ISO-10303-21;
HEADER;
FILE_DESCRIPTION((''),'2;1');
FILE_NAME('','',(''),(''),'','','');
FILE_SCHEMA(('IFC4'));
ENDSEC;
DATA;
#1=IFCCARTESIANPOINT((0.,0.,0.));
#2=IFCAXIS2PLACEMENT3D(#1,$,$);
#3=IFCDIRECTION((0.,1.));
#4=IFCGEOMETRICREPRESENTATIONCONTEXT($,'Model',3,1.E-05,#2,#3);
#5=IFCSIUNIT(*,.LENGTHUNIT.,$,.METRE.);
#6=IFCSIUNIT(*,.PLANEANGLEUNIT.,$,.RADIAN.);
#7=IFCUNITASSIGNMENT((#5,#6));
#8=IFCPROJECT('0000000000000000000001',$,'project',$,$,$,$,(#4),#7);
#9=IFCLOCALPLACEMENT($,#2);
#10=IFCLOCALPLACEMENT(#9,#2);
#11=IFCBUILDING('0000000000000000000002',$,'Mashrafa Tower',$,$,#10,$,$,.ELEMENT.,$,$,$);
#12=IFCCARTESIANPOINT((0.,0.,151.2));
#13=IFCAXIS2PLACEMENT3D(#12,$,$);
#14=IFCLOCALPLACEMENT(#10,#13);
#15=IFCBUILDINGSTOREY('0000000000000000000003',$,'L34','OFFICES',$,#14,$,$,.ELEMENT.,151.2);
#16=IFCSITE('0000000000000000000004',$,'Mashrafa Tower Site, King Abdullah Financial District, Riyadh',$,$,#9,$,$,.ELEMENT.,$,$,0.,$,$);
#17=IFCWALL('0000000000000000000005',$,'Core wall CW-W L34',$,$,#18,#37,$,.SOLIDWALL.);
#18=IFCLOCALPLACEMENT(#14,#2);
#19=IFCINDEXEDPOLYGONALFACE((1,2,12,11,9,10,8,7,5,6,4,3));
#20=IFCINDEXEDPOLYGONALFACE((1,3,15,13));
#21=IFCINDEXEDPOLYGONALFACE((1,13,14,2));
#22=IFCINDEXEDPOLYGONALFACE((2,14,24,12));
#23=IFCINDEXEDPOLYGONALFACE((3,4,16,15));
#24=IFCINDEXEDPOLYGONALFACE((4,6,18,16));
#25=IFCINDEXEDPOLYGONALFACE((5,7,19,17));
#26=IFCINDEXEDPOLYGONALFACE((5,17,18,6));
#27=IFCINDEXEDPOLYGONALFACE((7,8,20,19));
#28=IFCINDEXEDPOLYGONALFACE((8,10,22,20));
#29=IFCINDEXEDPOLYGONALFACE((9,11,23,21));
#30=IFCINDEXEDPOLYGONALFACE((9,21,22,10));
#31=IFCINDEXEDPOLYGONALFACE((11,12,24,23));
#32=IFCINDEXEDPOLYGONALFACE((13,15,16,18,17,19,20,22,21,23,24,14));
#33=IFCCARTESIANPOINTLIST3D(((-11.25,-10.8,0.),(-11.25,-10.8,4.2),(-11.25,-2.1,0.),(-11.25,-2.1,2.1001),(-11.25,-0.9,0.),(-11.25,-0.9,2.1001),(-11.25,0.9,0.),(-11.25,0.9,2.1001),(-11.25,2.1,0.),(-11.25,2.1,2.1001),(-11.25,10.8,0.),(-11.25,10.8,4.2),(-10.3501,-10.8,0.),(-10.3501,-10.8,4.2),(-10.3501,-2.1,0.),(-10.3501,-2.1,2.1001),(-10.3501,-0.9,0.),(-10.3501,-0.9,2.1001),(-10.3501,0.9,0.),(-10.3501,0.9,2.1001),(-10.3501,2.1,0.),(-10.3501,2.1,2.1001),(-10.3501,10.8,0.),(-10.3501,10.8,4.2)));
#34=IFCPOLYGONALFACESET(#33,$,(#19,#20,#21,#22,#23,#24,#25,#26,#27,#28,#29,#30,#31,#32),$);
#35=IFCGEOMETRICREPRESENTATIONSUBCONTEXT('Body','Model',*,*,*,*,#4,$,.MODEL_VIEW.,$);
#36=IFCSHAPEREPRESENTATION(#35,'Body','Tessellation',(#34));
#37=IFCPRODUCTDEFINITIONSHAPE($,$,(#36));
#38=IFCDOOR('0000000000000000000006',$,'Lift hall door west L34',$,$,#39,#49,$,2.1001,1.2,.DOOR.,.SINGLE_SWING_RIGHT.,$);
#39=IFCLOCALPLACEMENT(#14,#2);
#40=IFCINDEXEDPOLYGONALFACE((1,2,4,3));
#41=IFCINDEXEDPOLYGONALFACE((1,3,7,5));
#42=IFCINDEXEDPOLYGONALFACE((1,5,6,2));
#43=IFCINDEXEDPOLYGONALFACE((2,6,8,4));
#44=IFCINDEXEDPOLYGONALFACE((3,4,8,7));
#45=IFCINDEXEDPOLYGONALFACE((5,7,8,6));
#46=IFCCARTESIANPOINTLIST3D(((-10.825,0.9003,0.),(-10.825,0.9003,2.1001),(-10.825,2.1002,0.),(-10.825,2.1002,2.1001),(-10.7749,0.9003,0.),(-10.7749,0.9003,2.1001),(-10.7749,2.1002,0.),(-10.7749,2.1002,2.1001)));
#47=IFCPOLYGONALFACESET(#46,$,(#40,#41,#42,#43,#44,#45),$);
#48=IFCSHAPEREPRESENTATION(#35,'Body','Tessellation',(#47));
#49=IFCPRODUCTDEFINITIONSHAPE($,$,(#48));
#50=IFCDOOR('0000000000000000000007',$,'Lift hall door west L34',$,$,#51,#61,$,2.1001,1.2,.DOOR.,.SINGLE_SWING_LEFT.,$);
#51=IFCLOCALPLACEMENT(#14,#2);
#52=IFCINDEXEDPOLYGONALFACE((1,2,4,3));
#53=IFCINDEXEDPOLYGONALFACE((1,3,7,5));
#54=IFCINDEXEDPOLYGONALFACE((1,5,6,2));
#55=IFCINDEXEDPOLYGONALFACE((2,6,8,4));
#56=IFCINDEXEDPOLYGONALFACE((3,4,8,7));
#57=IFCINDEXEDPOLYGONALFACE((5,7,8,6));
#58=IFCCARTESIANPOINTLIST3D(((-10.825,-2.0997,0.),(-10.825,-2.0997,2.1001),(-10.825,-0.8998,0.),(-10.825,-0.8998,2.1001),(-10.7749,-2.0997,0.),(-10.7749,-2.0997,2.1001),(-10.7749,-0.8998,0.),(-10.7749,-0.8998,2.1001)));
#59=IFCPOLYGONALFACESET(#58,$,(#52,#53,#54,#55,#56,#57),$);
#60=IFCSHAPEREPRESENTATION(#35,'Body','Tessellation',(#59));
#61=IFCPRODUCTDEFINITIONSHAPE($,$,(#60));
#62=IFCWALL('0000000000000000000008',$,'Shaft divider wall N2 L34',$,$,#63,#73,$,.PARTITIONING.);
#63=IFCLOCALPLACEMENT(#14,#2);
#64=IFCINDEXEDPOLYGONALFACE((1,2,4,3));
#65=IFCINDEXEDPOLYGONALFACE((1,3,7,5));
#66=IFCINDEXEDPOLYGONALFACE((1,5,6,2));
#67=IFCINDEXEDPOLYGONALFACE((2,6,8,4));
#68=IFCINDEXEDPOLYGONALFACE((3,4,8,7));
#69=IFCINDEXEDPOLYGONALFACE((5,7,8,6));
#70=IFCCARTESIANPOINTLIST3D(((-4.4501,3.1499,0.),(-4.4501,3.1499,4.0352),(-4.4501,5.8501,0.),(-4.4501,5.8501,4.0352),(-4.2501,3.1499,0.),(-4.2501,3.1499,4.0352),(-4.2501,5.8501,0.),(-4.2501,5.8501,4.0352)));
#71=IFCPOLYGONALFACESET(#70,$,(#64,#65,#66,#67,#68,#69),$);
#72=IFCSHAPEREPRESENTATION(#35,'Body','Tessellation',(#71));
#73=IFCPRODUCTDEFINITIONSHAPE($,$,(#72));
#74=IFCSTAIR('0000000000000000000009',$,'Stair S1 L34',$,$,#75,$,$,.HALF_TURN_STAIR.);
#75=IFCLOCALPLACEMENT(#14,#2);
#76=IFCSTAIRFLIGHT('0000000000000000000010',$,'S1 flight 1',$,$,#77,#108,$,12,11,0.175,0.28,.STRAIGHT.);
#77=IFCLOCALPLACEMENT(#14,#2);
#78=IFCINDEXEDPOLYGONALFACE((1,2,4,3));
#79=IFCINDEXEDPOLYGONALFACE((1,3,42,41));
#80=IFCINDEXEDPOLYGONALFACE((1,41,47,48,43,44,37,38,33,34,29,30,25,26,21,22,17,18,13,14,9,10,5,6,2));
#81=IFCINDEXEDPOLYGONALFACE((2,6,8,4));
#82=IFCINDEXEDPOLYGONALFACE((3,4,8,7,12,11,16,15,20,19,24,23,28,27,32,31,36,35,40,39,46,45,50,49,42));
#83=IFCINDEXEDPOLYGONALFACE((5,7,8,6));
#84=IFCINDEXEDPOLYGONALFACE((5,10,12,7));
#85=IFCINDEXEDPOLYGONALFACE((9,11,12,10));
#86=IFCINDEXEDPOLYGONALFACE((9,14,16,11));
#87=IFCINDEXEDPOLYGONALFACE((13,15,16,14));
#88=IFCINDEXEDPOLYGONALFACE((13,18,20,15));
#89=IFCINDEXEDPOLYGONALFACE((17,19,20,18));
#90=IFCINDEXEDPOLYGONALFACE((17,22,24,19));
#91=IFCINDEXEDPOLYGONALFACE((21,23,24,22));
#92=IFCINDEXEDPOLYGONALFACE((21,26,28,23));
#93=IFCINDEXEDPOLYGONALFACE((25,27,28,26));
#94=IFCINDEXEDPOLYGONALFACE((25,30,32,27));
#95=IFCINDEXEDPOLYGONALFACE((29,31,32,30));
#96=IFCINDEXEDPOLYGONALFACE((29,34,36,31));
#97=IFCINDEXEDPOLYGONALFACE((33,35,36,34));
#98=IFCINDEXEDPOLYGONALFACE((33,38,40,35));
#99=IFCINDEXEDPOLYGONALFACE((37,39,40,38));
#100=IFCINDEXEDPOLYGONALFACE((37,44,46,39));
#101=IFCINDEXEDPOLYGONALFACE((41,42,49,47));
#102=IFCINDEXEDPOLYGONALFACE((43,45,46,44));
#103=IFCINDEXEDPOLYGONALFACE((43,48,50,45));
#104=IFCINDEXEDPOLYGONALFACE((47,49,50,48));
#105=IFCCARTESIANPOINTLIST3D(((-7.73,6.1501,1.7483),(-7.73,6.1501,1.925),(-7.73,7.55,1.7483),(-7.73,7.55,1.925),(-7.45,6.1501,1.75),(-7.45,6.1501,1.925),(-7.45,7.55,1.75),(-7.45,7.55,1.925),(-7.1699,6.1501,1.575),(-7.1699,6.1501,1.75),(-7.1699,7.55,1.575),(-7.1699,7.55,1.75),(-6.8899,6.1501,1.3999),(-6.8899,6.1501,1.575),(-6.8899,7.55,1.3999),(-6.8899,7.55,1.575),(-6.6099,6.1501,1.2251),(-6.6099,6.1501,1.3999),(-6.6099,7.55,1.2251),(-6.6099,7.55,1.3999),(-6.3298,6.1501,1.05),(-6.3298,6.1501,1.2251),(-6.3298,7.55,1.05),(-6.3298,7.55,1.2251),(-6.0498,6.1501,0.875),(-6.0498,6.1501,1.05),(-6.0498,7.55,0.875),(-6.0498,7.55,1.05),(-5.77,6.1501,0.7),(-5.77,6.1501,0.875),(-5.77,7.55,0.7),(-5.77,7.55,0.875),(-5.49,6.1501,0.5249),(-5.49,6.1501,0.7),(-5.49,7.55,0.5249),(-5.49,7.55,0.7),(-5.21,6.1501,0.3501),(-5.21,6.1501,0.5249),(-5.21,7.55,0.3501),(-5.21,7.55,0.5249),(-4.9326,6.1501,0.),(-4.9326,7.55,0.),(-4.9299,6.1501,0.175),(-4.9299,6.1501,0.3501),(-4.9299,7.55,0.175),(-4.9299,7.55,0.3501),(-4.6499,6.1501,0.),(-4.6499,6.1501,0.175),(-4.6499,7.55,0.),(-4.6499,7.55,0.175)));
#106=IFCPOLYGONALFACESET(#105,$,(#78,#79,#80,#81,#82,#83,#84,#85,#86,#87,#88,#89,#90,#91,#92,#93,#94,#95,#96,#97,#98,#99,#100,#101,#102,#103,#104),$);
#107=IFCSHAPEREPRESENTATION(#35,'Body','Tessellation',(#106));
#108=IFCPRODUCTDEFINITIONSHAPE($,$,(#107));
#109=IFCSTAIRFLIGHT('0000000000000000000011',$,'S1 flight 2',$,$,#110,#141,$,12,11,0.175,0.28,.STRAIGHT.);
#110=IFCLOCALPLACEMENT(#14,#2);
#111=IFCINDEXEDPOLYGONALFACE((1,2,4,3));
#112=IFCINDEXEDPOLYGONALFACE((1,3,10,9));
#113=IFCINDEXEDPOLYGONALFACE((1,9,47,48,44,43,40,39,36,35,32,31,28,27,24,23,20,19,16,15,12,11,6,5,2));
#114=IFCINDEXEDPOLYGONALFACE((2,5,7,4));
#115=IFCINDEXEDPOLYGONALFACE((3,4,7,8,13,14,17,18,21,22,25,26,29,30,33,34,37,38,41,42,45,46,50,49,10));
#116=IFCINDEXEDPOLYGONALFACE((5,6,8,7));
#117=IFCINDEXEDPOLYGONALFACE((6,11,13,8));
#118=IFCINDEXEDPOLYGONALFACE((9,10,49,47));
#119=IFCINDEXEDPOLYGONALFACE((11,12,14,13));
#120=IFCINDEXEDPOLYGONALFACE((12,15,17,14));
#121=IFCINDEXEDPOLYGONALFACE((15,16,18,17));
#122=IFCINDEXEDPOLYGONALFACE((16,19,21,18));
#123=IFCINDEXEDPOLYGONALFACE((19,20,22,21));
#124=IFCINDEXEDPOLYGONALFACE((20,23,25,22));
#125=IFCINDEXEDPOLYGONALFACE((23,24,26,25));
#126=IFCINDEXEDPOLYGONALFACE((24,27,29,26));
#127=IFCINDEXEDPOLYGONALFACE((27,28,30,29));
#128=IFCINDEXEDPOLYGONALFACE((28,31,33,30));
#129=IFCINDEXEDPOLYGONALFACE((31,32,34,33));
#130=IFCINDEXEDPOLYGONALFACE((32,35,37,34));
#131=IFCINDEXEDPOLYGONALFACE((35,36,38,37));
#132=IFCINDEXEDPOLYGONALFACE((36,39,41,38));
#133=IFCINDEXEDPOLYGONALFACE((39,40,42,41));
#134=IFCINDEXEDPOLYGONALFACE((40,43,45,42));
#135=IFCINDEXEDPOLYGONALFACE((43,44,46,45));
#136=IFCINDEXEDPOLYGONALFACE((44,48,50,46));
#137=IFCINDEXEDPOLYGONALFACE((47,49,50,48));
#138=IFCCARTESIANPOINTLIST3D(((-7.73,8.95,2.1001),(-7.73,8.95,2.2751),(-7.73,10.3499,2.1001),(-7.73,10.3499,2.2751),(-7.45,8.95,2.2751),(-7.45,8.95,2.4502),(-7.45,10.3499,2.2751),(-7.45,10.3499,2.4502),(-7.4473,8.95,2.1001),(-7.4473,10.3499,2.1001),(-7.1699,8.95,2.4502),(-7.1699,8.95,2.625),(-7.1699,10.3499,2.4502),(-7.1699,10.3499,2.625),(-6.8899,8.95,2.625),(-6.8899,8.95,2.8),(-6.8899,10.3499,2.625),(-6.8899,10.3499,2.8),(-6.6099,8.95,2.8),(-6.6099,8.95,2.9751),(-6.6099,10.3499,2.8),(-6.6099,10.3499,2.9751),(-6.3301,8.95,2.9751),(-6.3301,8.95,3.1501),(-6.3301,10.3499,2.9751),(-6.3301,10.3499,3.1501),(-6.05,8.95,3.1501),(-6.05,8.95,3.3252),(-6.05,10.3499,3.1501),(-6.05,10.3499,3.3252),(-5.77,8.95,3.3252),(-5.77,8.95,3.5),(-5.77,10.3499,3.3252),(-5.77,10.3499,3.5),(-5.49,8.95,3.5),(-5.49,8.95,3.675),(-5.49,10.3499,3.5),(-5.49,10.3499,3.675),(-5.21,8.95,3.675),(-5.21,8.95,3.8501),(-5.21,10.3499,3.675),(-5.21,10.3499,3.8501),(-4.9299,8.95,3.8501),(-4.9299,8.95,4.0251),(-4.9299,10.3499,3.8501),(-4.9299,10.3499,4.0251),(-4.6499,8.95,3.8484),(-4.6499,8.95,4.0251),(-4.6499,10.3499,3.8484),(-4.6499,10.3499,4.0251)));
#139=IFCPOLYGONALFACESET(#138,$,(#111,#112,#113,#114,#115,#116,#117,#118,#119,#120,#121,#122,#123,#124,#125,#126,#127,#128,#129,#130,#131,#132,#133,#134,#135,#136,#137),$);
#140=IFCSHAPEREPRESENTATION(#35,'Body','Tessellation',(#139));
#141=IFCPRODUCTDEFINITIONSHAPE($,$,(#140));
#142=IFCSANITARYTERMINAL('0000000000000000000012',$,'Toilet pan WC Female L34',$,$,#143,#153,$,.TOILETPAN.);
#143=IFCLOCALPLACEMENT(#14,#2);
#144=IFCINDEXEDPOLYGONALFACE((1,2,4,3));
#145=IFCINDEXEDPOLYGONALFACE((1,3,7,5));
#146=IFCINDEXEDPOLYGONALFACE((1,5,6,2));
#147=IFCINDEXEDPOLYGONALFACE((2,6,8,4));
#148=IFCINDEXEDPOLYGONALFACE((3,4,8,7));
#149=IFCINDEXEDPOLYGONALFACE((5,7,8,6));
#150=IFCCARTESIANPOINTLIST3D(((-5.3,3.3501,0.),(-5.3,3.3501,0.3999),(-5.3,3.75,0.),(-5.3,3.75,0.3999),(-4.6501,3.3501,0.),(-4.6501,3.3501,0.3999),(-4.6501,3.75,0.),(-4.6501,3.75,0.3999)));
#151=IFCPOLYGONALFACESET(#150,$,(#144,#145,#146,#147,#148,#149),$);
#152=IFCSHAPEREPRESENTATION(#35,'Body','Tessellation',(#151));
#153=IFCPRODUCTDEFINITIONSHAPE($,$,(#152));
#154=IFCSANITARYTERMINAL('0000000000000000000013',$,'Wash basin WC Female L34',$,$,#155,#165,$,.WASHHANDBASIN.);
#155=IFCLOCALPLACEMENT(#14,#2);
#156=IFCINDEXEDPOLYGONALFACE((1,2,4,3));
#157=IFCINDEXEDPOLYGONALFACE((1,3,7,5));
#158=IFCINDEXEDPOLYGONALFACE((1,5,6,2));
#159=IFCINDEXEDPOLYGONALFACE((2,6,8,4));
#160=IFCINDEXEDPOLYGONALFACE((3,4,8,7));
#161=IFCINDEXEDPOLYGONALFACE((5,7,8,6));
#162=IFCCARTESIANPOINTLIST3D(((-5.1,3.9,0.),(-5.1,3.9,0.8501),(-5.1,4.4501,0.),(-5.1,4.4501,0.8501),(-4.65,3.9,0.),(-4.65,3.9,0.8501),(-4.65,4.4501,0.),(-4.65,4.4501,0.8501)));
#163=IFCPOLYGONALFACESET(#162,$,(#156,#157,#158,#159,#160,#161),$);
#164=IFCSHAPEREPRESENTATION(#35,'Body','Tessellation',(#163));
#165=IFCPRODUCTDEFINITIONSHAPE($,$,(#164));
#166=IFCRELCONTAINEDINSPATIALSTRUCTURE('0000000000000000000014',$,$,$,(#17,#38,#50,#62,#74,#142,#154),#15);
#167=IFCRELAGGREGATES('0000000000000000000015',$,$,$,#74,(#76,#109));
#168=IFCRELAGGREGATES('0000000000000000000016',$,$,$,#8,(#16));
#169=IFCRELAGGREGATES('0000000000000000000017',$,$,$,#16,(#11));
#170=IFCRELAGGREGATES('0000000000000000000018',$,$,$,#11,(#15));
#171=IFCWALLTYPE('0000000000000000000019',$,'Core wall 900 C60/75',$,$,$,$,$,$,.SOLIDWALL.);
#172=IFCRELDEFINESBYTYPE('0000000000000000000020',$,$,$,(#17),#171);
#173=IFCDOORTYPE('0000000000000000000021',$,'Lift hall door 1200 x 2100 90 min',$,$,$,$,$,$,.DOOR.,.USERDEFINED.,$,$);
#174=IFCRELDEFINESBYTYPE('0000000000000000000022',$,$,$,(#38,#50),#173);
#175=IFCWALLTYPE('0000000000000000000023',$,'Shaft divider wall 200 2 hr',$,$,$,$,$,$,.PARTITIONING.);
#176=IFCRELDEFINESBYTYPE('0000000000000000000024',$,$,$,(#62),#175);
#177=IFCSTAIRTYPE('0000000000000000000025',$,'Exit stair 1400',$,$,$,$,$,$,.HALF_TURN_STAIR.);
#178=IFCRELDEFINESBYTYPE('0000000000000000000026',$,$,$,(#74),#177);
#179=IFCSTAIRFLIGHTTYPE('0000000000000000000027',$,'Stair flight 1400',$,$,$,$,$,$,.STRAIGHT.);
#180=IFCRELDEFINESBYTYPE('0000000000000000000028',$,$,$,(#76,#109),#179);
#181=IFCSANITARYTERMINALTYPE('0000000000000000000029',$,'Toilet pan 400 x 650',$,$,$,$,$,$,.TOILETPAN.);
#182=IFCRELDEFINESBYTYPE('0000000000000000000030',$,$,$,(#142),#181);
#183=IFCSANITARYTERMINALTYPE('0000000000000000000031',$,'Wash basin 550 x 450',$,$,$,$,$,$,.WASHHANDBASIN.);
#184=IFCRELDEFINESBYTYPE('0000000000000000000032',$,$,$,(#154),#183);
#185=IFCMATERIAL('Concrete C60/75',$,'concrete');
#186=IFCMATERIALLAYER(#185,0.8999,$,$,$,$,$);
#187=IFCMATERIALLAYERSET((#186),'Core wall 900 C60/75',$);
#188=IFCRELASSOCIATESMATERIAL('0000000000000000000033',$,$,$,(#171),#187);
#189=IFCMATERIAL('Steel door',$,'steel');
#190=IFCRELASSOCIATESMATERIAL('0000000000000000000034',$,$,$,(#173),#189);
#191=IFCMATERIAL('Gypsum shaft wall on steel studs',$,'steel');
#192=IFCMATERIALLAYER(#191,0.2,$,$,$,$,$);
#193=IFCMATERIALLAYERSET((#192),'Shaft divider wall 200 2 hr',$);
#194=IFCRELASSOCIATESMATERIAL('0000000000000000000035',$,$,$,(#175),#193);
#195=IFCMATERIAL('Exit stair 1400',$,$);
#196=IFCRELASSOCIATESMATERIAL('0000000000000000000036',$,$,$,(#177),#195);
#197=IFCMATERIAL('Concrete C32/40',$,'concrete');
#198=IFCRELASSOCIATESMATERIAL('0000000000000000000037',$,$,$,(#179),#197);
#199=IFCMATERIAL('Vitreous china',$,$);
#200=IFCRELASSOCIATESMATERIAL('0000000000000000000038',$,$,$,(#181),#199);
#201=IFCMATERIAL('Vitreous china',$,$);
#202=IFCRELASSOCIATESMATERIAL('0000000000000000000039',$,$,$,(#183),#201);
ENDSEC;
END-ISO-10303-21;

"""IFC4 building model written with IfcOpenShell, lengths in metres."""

from ifc_helpers import new_model, si_unit, direction, frame, frame_2d, origin, origin_2d, place, context, subcontext, project, spatial, polyline, rectangle, outline, extrude, material, layer, layer_set, type_object, element, fill, aggregate, save


model = new_model("IFC4")

# Units and contexts
model_context = context("Model", 3, precision=1e-05, world=origin(), true_north=direction((0.0, 1.0)))
body_context = subcontext(model_context, "Body", "Model", "MODEL_VIEW")
ifc_project = project(units=[si_unit("LENGTHUNIT", "METRE"), si_unit("PLANEANGLEUNIT", "RADIAN")], contexts=[model_context])

# Site, building, storey
site_placement = place(None, origin())
site = spatial("IfcSite", under=ifc_project, at=site_placement, Name="Mashrafa Tower Site, King Abdullah Financial District, Riyadh", CompositionType="ELEMENT", RefElevation=0.0)
building_placement = place(site_placement, origin())
building = spatial("IfcBuilding", under=site, at=building_placement, Name="Mashrafa Tower", CompositionType="ELEMENT")
storey_placement = place(building_placement, frame((0.0, 0.0, 151.2)))
storey = spatial("IfcBuildingStorey", under=building, at=storey_placement, Name="L34", Description="OFFICES", CompositionType="ELEMENT", Elevation=151.2)

# Wall, openings, doors
ifc_material_1 = material(Name="Concrete C60/75", Category="concrete")
ifc_layer_1 = layer(ifc_material_1, 0.8999)
ifc_layer_set_1 = layer_set([ifc_layer_1], Name="Core wall 900 C60/75")
wall_type_1 = type_object("IfcWallType", Name="Core wall 900 C60/75", PredefinedType="SOLIDWALL", material=ifc_layer_set_1)
wall_1_placement = place(storey_placement, frame((-10.8, 10.8, 0.0), z_axis=(0.0, 0.0, 1.0), x_axis=(0.0, -1.0, 0.0)))
wall_1 = element("IfcWall", 1, at=wall_1_placement, inside=storey, type_object=wall_type_1, Name="Core wall CW-W L34", PredefinedType="SOLIDWALL", context=body_context, shape_type="SweptSolid", body=[
    extrude(rectangle(XDim=21.6001, YDim=0.8999, at=frame_2d((10.8, 0.0))), origin(), (0.0, 0.0, 1.0), 4.2),
])
opening_1_placement = place(wall_1_placement, frame((8.7, 0.0, 0.0)))
opening_1 = element("IfcOpeningElement", 2, at=opening_1_placement, cuts=wall_1, PredefinedType="OPENING", context=body_context, shape_type="SweptSolid", body=[
    extrude(rectangle(XDim=1.2, YDim=2.1001, at=frame_2d((0.6001, 1.05))), frame((0.0, 0.46, 0.0), z_axis=(0.0, -1.0, 0.0), x_axis=(1.0, 0.0, 0.0)), (0.0, 0.0, 1.0), 0.9199),
])
opening_2_placement = place(wall_1_placement, frame((11.7, 0.0, 0.0)))
opening_2 = element("IfcOpeningElement", 3, at=opening_2_placement, cuts=wall_1, PredefinedType="OPENING", context=body_context, shape_type="SweptSolid", body=[
    extrude(rectangle(XDim=1.2, YDim=2.1001, at=frame_2d((0.6001, 1.05))), frame((0.0, 0.46, 0.0), z_axis=(0.0, -1.0, 0.0), x_axis=(1.0, 0.0, 0.0)), (0.0, 0.0, 1.0), 0.9199),
])
ifc_material_2 = material(Name="Steel door", Category="steel")
door_type_1 = type_object("IfcDoorType", Name="Lift hall door 1200 x 2100 90 min", OperationType="USERDEFINED", PredefinedType="DOOR", material=ifc_material_2)
door_1_placement = place(opening_1_placement, frame((1.2, 0.0, 0.0), z_axis=(0.0, 0.0, 1.0), x_axis=(-1.0, 0.0, 0.0)))
door_1 = element("IfcDoor", 4, at=door_1_placement, inside=storey, type_object=door_type_1, Name="Lift hall door west L34", OperationType="SINGLE_SWING_RIGHT", OverallHeight=2.1001, OverallWidth=1.2, PredefinedType="DOOR", context=body_context, shape_type="SweptSolid", body=[
    extrude(rectangle(XDim=1.2, YDim=2.1001, at=frame_2d((0.6001, 1.05))), frame((0.0, 0.0249, 0.0), z_axis=(0.0, -1.0, 0.0), x_axis=(1.0, 0.0, 0.0)), (0.0, 0.0, 1.0), 0.05),
])
fill(opening_1, door_1)
door_2_placement = place(opening_2_placement, frame((1.2, 0.0, 0.0), z_axis=(0.0, 0.0, 1.0), x_axis=(-1.0, 0.0, 0.0)))
door_2 = element("IfcDoor", 5, at=door_2_placement, inside=storey, type_object=door_type_1, Name="Lift hall door west L34", OperationType="SINGLE_SWING_LEFT", OverallHeight=2.1001, OverallWidth=1.2, PredefinedType="DOOR", context=body_context, shape_type="SweptSolid", body=[
    extrude(rectangle(XDim=1.2, YDim=2.1001, at=frame_2d((0.6001, 1.05))), frame((0.0, 0.0249, 0.0), z_axis=(0.0, -1.0, 0.0), x_axis=(1.0, 0.0, 0.0)), (0.0, 0.0, 1.0), 0.05),
])
fill(opening_2, door_2)

# Wall
ifc_material_3 = material(Name="Gypsum shaft wall on steel studs", Category="steel")
ifc_layer_2 = layer(ifc_material_3, 0.2)
ifc_layer_set_2 = layer_set([ifc_layer_2], Name="Shaft divider wall 200 2 hr")
wall_type_2 = type_object("IfcWallType", Name="Shaft divider wall 200 2 hr", PredefinedType="PARTITIONING", material=ifc_layer_set_2)
wall_2_placement = place(storey_placement, frame((-4.3501, 3.1499, 0.0), z_axis=(0.0, 0.0, 1.0), x_axis=(0.0, 1.0, 0.0)))
element("IfcWall", 6, at=wall_2_placement, inside=storey, type_object=wall_type_2, Name="Shaft divider wall N2 L34", PredefinedType="PARTITIONING", context=body_context, shape_type="SweptSolid", body=[
    extrude(rectangle(XDim=2.7002, YDim=0.2, at=frame_2d((1.3501, 0.0))), origin(), (0.0, 0.0, 1.0), 4.0352),
])

# Stair, stair flights
ifc_material_4 = material(Name="Exit stair 1400")
stair_type = type_object("IfcStairType", Name="Exit stair 1400", PredefinedType="HALF_TURN_STAIR", material=ifc_material_4)
stair_placement = place(storey_placement, origin())
stair = element("IfcStair", 7, at=stair_placement, inside=storey, type_object=stair_type, Name="Stair S1 L34", PredefinedType="HALF_TURN_STAIR")
ifc_material_5 = material(Name="Concrete C32/40", Category="concrete")
stair_flight_type = type_object("IfcStairFlightType", Name="Stair flight 1400", PredefinedType="STRAIGHT", material=ifc_material_5)
stair_flight_1_placement = place(storey_placement, frame((-4.6499, 6.8501, 0.0), z_axis=(0.0, 0.0, 1.0), x_axis=(-1.0, 0.0, 0.0)))
stair_flight_1 = element("IfcStairFlight", 8, at=stair_flight_1_placement, type_object=stair_flight_type, Name="S1 flight 1", NumberOfRisers=12, NumberOfTreads=11, PredefinedType="STRAIGHT", RiserHeight=0.175, TreadLength=0.28, context=body_context, shape_type="SweptSolid", body=[
    extrude(outline(polyline([(0.0, 0.0), (0.0, 0.175), (0.28, 0.175), (0.28, 0.3501), (0.5601, 0.3501), (0.5601, 0.5249), (0.8401, 0.5249), (0.8401, 0.7), (1.1201, 0.7), (1.1201, 0.875), (1.3999, 0.875), (1.3999, 1.05), (1.6799, 1.05), (1.6799, 1.2251), (1.96, 1.2251), (1.96, 1.3999), (2.24, 1.3999), (2.24, 1.575), (2.52, 1.575), (2.52, 1.75), (2.8, 1.75), (2.8, 1.925), (3.0801, 1.925), (3.0801, 2.1001), (3.0801, 1.7483), (0.2827, 0.0), (0.0, 0.0)])), frame((0.0, 0.7, 0.0), z_axis=(0.0, -1.0, 0.0), x_axis=(1.0, 0.0, 0.0)), (0.0, 0.0, 1.0), 1.3999),
])
stair_flight_2_placement = place(storey_placement, frame((-7.73, 9.6499, 2.1001), z_axis=(0.0, 0.0, 1.0), x_axis=(1.0, 0.0, 0.0)))
stair_flight_2 = element("IfcStairFlight", 9, at=stair_flight_2_placement, type_object=stair_flight_type, Name="S1 flight 2", NumberOfRisers=12, NumberOfTreads=11, PredefinedType="STRAIGHT", RiserHeight=0.175, TreadLength=0.28, context=body_context, shape_type="SweptSolid", body=[
    extrude(outline(polyline([(0.0, 0.0), (0.0, 0.175), (0.28, 0.175), (0.28, 0.3501), (0.5601, 0.3501), (0.5601, 0.5249), (0.8401, 0.5249), (0.8401, 0.7), (1.1201, 0.7), (1.1201, 0.875), (1.3999, 0.875), (1.3999, 1.05), (1.6799, 1.05), (1.6799, 1.2251), (1.96, 1.2251), (1.96, 1.3999), (2.24, 1.3999), (2.24, 1.575), (2.52, 1.575), (2.52, 1.75), (2.8, 1.75), (2.8, 1.925), (3.0801, 1.925), (3.0801, 2.1001), (3.0801, 1.7483), (0.2827, 0.0), (0.0, 0.0)])), frame((0.0, 0.7, 0.0), z_axis=(0.0, -1.0, 0.0), x_axis=(1.0, 0.0, 0.0)), (0.0, 0.0, 1.0), 1.3999),
])
aggregate(stair, [stair_flight_1, stair_flight_2])

# Sanitary terminals
ifc_material_6 = material(Name="Vitreous china")
sanitary_terminal_type_1 = type_object("IfcSanitaryTerminalType", Name="Toilet pan 400 x 650", PredefinedType="TOILETPAN", material=ifc_material_6)
sanitary_terminal_1_placement = place(storey_placement, frame((-4.9751, 3.55, 0.0), z_axis=(0.0, 0.0, 1.0), x_axis=(0.0, 1.0, 0.0)))
element("IfcSanitaryTerminal", 10, at=sanitary_terminal_1_placement, inside=storey, type_object=sanitary_terminal_type_1, Name="Toilet pan WC Female L34", PredefinedType="TOILETPAN", context=body_context, shape_type="SweptSolid", body=[
    extrude(rectangle(XDim=0.3999, YDim=0.6499, at=origin_2d()), origin(), (0.0, 0.0, 1.0), 0.3999),
])
ifc_material_7 = material(Name="Vitreous china")
sanitary_terminal_type_2 = type_object("IfcSanitaryTerminalType", Name="Wash basin 550 x 450", PredefinedType="WASHHANDBASIN", material=ifc_material_7)
sanitary_terminal_2_placement = place(storey_placement, frame((-4.875, 4.175, 0.0), z_axis=(0.0, 0.0, 1.0), x_axis=(0.0, 1.0, 0.0)))
element("IfcSanitaryTerminal", 11, at=sanitary_terminal_2_placement, inside=storey, type_object=sanitary_terminal_type_2, Name="Wash basin WC Female L34", PredefinedType="WASHHANDBASIN", context=body_context, shape_type="SweptSolid", body=[
    extrude(rectangle(XDim=0.55, YDim=0.45, at=origin_2d()), origin(), (0.0, 0.0, 1.0), 0.8501),
])

save(model, "model.ifc")
